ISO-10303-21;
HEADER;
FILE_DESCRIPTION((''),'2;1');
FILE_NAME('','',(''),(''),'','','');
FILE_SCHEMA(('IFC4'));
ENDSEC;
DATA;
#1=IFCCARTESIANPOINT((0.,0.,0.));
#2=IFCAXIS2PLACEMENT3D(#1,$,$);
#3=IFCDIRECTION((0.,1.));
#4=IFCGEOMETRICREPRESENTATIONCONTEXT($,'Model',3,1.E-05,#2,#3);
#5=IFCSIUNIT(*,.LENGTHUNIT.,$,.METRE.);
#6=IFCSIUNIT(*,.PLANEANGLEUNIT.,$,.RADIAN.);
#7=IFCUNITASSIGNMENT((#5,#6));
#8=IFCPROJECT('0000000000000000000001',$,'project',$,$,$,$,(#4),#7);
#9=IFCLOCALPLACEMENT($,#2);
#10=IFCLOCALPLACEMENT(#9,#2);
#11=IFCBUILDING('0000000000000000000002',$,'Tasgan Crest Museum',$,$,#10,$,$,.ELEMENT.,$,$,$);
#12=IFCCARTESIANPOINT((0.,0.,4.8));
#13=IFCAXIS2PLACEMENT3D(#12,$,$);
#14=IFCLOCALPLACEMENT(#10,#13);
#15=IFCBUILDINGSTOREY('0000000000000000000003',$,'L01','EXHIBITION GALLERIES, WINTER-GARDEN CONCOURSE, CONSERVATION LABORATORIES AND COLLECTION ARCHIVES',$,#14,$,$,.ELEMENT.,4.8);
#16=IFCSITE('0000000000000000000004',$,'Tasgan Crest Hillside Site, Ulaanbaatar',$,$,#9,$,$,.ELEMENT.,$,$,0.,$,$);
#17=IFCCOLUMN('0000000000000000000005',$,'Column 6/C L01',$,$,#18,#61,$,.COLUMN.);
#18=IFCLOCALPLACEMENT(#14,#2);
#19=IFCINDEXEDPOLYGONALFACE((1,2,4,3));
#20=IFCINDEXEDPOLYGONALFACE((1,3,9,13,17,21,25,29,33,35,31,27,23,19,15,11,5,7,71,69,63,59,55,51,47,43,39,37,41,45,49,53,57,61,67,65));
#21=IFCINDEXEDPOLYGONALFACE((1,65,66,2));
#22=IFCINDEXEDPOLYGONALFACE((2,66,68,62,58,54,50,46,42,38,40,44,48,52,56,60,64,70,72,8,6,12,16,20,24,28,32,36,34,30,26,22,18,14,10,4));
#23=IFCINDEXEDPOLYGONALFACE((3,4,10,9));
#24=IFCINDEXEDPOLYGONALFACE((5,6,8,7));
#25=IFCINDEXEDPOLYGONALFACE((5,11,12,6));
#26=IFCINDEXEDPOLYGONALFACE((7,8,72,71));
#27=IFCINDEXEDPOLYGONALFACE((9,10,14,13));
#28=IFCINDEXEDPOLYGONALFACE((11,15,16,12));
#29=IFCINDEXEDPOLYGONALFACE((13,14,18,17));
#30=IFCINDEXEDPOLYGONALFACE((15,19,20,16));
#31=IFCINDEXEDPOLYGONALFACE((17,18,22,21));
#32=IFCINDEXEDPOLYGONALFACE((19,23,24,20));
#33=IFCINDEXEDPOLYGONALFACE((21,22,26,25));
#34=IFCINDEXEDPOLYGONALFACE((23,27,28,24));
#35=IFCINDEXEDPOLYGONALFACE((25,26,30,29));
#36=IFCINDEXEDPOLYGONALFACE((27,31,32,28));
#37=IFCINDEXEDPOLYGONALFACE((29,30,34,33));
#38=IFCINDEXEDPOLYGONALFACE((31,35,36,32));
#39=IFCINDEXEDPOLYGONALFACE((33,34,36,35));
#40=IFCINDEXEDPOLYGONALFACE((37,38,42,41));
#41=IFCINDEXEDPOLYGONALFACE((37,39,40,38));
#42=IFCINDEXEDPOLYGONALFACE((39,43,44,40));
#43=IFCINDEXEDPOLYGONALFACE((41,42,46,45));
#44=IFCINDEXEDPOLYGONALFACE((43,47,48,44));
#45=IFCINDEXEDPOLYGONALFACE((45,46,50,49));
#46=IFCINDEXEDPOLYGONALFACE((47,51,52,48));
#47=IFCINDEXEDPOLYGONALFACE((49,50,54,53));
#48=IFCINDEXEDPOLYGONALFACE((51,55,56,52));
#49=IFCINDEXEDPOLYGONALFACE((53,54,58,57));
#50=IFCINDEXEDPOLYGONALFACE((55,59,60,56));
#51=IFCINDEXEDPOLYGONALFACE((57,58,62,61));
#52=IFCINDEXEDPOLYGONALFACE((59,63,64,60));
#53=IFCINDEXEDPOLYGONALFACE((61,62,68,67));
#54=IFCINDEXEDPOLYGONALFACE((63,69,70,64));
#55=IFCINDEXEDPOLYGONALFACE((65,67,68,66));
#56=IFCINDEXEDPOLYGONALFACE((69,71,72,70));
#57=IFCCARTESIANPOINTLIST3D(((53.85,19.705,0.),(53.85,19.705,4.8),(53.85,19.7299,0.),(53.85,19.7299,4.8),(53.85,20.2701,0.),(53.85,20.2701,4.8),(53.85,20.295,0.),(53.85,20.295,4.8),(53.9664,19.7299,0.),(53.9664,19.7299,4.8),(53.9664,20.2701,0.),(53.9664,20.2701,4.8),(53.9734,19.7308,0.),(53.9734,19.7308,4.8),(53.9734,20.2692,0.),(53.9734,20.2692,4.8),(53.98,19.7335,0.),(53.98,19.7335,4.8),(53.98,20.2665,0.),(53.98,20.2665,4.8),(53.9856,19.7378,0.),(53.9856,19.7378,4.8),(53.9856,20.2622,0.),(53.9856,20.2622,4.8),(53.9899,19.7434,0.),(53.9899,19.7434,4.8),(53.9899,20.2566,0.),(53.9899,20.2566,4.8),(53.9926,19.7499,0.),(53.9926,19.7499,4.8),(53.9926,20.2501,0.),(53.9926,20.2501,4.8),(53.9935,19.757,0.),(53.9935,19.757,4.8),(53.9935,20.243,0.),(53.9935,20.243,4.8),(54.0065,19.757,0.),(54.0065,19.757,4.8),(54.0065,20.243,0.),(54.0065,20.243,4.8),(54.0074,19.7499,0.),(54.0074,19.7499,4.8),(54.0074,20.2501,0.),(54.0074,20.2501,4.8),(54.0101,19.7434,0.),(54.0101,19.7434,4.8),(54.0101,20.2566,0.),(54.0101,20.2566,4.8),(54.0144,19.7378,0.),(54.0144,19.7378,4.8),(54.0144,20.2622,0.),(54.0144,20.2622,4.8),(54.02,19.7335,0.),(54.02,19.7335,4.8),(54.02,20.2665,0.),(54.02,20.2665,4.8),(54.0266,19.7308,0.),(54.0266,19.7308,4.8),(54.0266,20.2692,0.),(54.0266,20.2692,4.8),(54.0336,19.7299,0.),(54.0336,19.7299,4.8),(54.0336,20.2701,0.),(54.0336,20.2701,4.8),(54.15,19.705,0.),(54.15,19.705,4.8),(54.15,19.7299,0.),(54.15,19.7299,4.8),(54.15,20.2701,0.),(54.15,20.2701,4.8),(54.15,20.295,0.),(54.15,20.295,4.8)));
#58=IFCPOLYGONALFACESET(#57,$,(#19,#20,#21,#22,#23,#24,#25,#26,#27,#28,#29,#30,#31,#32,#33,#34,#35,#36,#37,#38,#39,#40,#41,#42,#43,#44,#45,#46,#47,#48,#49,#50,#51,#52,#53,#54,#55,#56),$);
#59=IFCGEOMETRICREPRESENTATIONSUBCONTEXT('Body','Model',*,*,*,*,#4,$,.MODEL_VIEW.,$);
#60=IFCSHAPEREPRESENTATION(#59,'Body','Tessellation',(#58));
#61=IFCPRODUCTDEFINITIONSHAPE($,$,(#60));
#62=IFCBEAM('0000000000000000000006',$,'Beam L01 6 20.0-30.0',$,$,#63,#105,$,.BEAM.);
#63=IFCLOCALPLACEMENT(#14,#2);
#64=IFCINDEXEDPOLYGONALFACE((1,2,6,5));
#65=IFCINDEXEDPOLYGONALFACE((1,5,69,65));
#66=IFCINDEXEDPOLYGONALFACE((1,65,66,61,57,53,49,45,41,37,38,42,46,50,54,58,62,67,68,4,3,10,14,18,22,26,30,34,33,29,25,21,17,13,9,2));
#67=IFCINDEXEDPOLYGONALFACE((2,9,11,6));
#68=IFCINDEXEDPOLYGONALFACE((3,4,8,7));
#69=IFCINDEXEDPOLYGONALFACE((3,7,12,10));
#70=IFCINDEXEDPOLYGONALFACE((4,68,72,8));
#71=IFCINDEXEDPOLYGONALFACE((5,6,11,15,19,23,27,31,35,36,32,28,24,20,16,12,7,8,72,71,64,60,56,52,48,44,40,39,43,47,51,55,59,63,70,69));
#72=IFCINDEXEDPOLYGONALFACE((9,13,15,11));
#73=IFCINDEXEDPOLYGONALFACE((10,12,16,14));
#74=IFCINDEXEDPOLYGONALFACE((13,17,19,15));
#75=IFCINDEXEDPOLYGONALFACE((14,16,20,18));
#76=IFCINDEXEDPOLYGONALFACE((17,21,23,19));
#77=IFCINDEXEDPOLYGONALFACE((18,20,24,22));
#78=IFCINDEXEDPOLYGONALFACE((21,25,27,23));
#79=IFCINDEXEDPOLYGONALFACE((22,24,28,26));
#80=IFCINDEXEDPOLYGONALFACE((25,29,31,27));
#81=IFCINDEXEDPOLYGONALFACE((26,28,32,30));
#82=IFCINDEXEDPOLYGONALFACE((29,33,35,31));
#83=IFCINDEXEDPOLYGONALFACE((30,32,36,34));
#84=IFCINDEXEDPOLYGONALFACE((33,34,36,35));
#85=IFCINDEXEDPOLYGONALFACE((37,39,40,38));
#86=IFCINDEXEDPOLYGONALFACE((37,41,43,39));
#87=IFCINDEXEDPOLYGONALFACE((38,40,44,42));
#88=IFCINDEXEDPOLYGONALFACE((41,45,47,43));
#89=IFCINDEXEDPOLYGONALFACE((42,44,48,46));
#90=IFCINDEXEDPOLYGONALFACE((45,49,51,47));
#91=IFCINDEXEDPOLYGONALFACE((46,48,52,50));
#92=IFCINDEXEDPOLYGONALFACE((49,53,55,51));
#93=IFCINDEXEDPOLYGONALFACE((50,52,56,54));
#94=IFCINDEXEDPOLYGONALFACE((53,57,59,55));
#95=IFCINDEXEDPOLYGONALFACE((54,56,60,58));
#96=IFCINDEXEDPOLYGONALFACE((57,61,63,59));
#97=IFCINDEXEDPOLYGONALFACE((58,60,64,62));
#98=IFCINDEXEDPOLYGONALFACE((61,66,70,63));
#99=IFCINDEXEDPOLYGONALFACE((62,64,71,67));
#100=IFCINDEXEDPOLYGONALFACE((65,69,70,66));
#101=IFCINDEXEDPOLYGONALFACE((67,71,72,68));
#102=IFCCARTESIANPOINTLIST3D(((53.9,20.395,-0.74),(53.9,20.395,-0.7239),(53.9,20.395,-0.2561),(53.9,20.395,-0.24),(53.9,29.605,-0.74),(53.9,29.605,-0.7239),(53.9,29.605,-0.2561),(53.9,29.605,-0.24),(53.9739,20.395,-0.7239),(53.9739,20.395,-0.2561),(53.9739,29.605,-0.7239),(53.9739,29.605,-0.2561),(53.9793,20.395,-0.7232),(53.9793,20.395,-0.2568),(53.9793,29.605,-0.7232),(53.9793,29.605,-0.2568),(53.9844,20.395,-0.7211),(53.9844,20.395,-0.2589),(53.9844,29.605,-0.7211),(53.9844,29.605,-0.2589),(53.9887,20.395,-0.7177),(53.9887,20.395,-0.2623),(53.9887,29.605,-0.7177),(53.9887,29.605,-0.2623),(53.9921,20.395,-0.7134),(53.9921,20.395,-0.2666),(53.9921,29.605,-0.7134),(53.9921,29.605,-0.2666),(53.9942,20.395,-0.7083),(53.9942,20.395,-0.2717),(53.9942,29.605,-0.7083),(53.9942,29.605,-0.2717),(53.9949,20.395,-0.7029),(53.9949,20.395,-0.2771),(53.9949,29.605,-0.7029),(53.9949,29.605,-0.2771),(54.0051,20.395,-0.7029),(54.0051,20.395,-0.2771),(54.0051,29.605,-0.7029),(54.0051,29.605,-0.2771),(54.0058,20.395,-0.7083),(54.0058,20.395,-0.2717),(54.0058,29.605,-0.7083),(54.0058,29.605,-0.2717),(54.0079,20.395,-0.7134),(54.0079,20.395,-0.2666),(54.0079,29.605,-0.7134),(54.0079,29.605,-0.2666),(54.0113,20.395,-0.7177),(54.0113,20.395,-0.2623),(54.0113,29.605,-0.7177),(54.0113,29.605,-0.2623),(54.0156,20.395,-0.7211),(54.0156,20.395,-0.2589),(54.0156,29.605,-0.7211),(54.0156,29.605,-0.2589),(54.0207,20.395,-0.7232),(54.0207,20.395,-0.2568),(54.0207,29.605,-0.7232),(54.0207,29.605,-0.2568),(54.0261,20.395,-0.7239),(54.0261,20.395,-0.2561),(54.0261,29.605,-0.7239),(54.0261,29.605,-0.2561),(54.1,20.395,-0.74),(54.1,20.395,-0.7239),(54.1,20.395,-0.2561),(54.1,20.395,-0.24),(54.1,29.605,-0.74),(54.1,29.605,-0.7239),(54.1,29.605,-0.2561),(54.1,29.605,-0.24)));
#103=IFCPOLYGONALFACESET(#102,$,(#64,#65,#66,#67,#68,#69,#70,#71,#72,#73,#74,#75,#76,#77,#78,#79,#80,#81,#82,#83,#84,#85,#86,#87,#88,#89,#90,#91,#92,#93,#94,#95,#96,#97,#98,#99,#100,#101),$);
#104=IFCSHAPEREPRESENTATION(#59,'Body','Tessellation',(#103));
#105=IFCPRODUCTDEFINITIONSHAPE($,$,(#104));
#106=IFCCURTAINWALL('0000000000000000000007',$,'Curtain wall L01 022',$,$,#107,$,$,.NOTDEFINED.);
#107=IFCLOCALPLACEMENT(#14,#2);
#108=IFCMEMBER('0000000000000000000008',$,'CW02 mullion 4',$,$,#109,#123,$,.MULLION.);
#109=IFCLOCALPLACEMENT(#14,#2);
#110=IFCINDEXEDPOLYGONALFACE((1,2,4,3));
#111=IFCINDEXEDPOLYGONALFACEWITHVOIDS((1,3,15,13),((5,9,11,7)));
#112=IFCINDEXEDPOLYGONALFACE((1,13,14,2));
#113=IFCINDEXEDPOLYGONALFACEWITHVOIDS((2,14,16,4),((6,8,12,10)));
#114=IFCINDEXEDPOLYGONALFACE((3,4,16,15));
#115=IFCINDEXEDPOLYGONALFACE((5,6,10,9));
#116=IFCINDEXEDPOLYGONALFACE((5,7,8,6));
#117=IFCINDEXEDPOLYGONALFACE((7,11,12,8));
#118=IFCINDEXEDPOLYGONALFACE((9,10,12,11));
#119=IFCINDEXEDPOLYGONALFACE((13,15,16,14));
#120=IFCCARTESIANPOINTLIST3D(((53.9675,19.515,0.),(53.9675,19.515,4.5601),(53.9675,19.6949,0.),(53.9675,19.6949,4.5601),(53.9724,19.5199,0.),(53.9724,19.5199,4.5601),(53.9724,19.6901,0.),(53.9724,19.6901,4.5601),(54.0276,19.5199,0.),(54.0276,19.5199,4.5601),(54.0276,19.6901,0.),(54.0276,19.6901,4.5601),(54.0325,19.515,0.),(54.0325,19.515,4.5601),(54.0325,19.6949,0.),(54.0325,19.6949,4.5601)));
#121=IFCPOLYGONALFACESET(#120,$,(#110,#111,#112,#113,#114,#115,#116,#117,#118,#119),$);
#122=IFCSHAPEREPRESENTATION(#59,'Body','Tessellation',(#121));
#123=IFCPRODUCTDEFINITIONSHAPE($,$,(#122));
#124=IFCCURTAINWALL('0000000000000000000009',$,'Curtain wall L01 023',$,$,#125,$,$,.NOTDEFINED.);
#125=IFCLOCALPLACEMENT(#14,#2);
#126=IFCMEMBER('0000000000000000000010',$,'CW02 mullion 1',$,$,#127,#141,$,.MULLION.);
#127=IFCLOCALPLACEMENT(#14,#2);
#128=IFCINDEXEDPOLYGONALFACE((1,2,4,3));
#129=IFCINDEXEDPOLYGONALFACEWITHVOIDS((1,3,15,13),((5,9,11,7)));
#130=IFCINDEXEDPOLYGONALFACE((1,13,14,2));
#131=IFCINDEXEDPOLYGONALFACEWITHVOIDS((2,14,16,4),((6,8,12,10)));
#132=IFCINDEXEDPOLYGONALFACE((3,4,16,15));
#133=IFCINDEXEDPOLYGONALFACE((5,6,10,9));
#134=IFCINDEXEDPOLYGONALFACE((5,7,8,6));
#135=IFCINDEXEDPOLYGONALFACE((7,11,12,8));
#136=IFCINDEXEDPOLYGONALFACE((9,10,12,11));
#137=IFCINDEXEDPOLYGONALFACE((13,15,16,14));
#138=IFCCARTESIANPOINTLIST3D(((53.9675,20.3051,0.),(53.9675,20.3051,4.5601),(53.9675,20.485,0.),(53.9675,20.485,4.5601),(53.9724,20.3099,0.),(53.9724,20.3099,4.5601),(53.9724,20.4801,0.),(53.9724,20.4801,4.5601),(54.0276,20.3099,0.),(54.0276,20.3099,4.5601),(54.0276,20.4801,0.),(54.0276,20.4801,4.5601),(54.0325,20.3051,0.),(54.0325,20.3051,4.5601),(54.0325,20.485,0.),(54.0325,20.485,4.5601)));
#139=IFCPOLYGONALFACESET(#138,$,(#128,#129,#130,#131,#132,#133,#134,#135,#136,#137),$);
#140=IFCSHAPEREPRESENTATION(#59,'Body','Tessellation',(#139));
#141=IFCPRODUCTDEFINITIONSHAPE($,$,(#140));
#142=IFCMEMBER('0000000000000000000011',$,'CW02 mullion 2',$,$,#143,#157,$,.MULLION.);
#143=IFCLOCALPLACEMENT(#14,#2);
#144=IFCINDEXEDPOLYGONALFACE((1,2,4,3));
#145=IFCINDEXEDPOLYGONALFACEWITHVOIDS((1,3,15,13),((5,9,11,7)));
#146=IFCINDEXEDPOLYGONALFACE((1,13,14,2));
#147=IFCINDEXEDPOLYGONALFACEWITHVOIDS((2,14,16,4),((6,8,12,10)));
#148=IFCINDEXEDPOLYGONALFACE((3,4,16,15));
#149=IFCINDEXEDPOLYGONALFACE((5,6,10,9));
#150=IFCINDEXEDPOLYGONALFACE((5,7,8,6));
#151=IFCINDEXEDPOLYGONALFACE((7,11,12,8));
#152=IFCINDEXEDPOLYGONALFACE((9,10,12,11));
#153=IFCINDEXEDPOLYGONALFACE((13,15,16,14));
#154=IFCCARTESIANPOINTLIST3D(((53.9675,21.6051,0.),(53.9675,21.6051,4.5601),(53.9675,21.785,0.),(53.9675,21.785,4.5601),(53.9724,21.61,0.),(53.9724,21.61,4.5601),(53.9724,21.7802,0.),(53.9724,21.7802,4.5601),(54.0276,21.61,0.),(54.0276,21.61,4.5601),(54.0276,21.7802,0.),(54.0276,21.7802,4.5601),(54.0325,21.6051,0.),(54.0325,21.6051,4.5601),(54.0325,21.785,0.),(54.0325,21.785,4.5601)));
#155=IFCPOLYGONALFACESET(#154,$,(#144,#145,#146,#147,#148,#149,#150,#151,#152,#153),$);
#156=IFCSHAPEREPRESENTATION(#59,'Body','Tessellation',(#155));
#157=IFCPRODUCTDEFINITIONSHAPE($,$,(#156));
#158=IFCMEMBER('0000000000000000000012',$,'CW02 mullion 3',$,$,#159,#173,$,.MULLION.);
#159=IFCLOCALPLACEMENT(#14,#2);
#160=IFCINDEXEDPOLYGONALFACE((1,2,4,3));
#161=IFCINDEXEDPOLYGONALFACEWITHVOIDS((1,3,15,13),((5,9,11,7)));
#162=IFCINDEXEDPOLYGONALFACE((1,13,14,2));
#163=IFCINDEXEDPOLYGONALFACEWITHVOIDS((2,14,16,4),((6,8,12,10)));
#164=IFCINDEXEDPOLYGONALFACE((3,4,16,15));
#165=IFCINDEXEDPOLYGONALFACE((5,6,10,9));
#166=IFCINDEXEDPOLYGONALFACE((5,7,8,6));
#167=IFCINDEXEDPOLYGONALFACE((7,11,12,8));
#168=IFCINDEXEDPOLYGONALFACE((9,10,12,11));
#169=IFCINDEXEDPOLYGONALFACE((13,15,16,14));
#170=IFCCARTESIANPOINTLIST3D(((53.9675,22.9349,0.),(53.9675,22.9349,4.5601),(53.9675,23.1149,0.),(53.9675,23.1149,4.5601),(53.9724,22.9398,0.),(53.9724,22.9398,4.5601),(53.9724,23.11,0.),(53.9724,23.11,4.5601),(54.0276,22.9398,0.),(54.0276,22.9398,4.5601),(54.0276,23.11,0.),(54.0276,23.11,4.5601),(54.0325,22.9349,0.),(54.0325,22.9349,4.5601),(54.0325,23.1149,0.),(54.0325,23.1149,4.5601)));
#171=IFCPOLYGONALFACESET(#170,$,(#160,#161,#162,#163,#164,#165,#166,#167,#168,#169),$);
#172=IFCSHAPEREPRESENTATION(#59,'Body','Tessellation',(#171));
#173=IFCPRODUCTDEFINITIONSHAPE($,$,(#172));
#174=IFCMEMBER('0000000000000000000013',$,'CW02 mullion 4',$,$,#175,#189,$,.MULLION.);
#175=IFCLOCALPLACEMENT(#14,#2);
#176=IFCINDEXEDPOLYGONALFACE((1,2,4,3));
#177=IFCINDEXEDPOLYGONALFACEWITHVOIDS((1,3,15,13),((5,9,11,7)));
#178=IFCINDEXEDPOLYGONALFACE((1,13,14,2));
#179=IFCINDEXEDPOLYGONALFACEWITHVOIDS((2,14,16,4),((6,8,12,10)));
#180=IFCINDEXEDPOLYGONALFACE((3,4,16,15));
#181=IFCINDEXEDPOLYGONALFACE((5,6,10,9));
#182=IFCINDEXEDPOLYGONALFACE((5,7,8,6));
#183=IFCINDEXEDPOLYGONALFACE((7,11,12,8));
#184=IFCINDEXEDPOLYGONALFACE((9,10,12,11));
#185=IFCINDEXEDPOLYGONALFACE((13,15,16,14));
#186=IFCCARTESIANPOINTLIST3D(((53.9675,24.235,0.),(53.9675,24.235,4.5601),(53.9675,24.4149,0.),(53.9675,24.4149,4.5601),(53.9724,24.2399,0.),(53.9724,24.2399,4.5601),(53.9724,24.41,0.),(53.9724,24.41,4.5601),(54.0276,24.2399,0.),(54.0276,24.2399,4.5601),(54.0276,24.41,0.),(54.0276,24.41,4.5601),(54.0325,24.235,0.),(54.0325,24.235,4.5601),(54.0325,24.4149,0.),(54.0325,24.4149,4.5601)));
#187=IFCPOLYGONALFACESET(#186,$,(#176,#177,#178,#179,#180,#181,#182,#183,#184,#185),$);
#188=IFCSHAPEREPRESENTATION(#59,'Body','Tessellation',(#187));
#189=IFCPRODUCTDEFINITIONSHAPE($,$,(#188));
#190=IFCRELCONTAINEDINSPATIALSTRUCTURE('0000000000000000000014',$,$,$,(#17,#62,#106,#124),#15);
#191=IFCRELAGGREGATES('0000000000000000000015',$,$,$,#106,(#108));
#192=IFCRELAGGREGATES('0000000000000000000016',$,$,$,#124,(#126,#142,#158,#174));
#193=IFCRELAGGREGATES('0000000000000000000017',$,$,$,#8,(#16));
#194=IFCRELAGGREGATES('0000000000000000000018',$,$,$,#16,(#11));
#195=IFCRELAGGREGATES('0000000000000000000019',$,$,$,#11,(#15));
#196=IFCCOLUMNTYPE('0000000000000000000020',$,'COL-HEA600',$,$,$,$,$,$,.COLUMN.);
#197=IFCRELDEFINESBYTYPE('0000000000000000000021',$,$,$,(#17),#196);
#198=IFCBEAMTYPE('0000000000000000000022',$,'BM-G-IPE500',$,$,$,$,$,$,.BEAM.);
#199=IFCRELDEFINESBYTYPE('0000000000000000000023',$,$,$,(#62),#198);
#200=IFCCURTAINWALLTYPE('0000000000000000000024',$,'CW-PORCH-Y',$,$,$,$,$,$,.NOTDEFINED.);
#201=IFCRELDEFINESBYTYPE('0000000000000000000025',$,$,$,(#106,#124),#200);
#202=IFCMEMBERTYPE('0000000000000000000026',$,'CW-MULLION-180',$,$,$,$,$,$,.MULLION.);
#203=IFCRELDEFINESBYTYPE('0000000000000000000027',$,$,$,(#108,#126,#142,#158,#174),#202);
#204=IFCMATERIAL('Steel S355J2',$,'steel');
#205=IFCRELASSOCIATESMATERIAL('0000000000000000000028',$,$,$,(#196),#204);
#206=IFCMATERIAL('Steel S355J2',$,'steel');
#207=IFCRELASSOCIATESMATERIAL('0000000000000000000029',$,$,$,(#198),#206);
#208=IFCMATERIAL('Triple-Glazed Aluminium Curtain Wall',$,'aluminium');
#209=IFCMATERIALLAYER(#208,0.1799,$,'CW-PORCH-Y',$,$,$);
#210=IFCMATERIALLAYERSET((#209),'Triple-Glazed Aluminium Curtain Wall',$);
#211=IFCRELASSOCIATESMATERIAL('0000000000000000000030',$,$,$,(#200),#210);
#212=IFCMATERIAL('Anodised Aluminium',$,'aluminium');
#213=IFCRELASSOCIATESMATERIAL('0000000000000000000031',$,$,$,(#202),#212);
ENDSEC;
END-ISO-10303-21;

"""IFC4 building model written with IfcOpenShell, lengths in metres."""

from ifc_helpers import new_model, si_unit, direction, frame, origin, origin_2d, place, context, subcontext, project, spatial, hollow_rectangle, i_section, extrude, material, layer, layer_set, material_profile, profile_set, type_object, element, aggregate, save


model = new_model("IFC4")

# Units and contexts
model_context = context("Model", 3, precision=1e-05, world=origin(), true_north=direction((0.0, 1.0)))
body_context = subcontext(model_context, "Body", "Model", "MODEL_VIEW")
ifc_project = project(units=[si_unit("LENGTHUNIT", "METRE"), si_unit("PLANEANGLEUNIT", "RADIAN")], contexts=[model_context])

# Site, building, storey
site_placement = place(None, origin())
site = spatial("IfcSite", under=ifc_project, at=site_placement, Name="Tasgan Crest Hillside Site, Ulaanbaatar", CompositionType="ELEMENT", RefElevation=0.0)
building_placement = place(site_placement, origin())
building = spatial("IfcBuilding", under=site, at=building_placement, Name="Tasgan Crest Museum", CompositionType="ELEMENT")
storey_placement = place(building_placement, frame((0.0, 0.0, 4.8)))
storey = spatial("IfcBuildingStorey", under=building, at=storey_placement, Name="L01", Description="EXHIBITION GALLERIES, WINTER-GARDEN CONCOURSE, CONSERVATION LABORATORIES AND COLLECTION ARCHIVES", CompositionType="ELEMENT", Elevation=4.8)

# Column
ifc_material_1 = material(Name="Steel S355J2", Category="steel")
ifc_material_profile_1 = material_profile(ifc_material_1, i_section(OverallWidth=0.3, OverallDepth=0.5901, WebThickness=0.0129, FlangeThickness=0.0249, FilletRadius=0.0271, at=origin_2d()), Name="HEA 600")
ifc_profile_set_1 = profile_set([ifc_material_profile_1], Name="Steel S355J2")
column_type = type_object("IfcColumnType", Name="COL-HEA600", PredefinedType="COLUMN", material=ifc_profile_set_1)
column_placement = place(storey_placement, frame((54.0, 20.0, 0.0), z_axis=(0.0, 0.0, 1.0), x_axis=(1.0, 0.0, 0.0)))
element("IfcColumn", 1, at=column_placement, inside=storey, type_object=column_type, Name="Column 6/C L01", PredefinedType="COLUMN", context=body_context, shape_type="SweptSolid", body=[
    extrude(i_section(OverallWidth=0.3, OverallDepth=0.5901, WebThickness=0.0129, FlangeThickness=0.0249, FilletRadius=0.0271, at=origin_2d()), origin(), (0.0, 0.0, 1.0), 4.8),
])

# Beam
ifc_material_2 = material(Name="Steel S355J2", Category="steel")
ifc_material_profile_2 = material_profile(ifc_material_2, i_section(OverallWidth=0.2, OverallDepth=0.5, WebThickness=0.0103, FlangeThickness=0.0161, FilletRadius=0.021, at=origin_2d()), Name="IPE 500")
ifc_profile_set_2 = profile_set([ifc_material_profile_2], Name="Steel S355J2")
beam_type = type_object("IfcBeamType", Name="BM-G-IPE500", PredefinedType="BEAM", material=ifc_profile_set_2)
beam_placement = place(storey_placement, frame((54.0, 20.395, -0.49), z_axis=(0.0, 1.0, 0.0), x_axis=(-1.0, 0.0, 0.0)))
element("IfcBeam", 2, at=beam_placement, inside=storey, type_object=beam_type, Name="Beam L01 6 20.0-30.0", PredefinedType="BEAM", context=body_context, shape_type="SweptSolid", body=[
    extrude(i_section(OverallWidth=0.2, OverallDepth=0.5, WebThickness=0.0103, FlangeThickness=0.0161, FilletRadius=0.021, at=origin_2d()), origin(), (0.0, 0.0, 1.0), 9.21),
])

# Curtain wall, member
ifc_material_3 = material(Name="Triple-Glazed Aluminium Curtain Wall", Category="aluminium")
ifc_layer_1 = layer(ifc_material_3, 0.1799, Name="CW-PORCH-Y")
ifc_layer_set_1 = layer_set([ifc_layer_1], Name="Triple-Glazed Aluminium Curtain Wall")
curtain_wall_type = type_object("IfcCurtainWallType", Name="CW-PORCH-Y", PredefinedType="NOTDEFINED", material=ifc_layer_set_1)
curtain_wall_1_placement = place(storey_placement, origin())
curtain_wall_1 = element("IfcCurtainWall", 3, at=curtain_wall_1_placement, inside=storey, type_object=curtain_wall_type, Name="Curtain wall L01 022", PredefinedType="NOTDEFINED")
ifc_material_4 = material(Name="Anodised Aluminium", Category="aluminium")
ifc_material_profile_3 = material_profile(ifc_material_4, hollow_rectangle(XDim=0.0649, YDim=0.1799, WallThickness=0.0049, at=origin_2d()), Name="ALU MULLION 180x65x5")
ifc_profile_set_3 = profile_set([ifc_material_profile_3], Name="Anodised Aluminium")
member_type_1 = type_object("IfcMemberType", Name="CW-MULLION-180", PredefinedType="MULLION", material=ifc_profile_set_3)
member_1_placement = place(storey_placement, frame((54.0, 19.605, 0.0), z_axis=(0.0, 0.0, 1.0), x_axis=(-1.0, 0.0, 0.0)))
member_1 = element("IfcMember", 4, at=member_1_placement, type_object=member_type_1, Name="CW02 mullion 4", PredefinedType="MULLION", context=body_context, shape_type="SweptSolid", body=[
    extrude(hollow_rectangle(XDim=0.0649, YDim=0.1799, WallThickness=0.0049, at=origin_2d()), origin(), (0.0, 0.0, 1.0), 4.5601),
])

# Curtain wall, members
curtain_wall_2_placement = place(storey_placement, origin())
curtain_wall_2 = element("IfcCurtainWall", 5, at=curtain_wall_2_placement, inside=storey, type_object=curtain_wall_type, Name="Curtain wall L01 023", PredefinedType="NOTDEFINED")
member_2_placement = place(storey_placement, frame((54.0, 20.395, 0.0), z_axis=(0.0, 0.0, 1.0), x_axis=(-1.0, 0.0, 0.0)))
member_2 = element("IfcMember", 6, at=member_2_placement, type_object=member_type_1, Name="CW02 mullion 1", PredefinedType="MULLION", context=body_context, shape_type="SweptSolid", body=[
    extrude(hollow_rectangle(XDim=0.0649, YDim=0.1799, WallThickness=0.0049, at=origin_2d()), origin(), (0.0, 0.0, 1.0), 4.5601),
])
member_3_placement = place(storey_placement, frame((54.0, 21.6951, 0.0), z_axis=(0.0, 0.0, 1.0), x_axis=(-1.0, 0.0, 0.0)))
member_3 = element("IfcMember", 7, at=member_3_placement, type_object=member_type_1, Name="CW02 mullion 2", PredefinedType="MULLION", context=body_context, shape_type="SweptSolid", body=[
    extrude(hollow_rectangle(XDim=0.0649, YDim=0.1799, WallThickness=0.0049, at=origin_2d()), origin(), (0.0, 0.0, 1.0), 4.5601),
])
member_4_placement = place(storey_placement, frame((54.0, 23.0249, 0.0), z_axis=(0.0, 0.0, 1.0), x_axis=(-1.0, 0.0, 0.0)))
member_4 = element("IfcMember", 8, at=member_4_placement, type_object=member_type_1, Name="CW02 mullion 3", PredefinedType="MULLION", context=body_context, shape_type="SweptSolid", body=[
    extrude(hollow_rectangle(XDim=0.0649, YDim=0.1799, WallThickness=0.0049, at=origin_2d()), origin(), (0.0, 0.0, 1.0), 4.5601),
])
member_5_placement = place(storey_placement, frame((54.0, 24.325, 0.0), z_axis=(0.0, 0.0, 1.0), x_axis=(-1.0, 0.0, 0.0)))
member_5 = element("IfcMember", 9, at=member_5_placement, type_object=member_type_1, Name="CW02 mullion 4", PredefinedType="MULLION", context=body_context, shape_type="SweptSolid", body=[
    extrude(hollow_rectangle(XDim=0.0649, YDim=0.1799, WallThickness=0.0049, at=origin_2d()), origin(), (0.0, 0.0, 1.0), 4.5601),
])

aggregate(curtain_wall_1, [member_1])
aggregate(curtain_wall_2, [member_2, member_3, member_4, member_5])

save(model, "model.ifc")
